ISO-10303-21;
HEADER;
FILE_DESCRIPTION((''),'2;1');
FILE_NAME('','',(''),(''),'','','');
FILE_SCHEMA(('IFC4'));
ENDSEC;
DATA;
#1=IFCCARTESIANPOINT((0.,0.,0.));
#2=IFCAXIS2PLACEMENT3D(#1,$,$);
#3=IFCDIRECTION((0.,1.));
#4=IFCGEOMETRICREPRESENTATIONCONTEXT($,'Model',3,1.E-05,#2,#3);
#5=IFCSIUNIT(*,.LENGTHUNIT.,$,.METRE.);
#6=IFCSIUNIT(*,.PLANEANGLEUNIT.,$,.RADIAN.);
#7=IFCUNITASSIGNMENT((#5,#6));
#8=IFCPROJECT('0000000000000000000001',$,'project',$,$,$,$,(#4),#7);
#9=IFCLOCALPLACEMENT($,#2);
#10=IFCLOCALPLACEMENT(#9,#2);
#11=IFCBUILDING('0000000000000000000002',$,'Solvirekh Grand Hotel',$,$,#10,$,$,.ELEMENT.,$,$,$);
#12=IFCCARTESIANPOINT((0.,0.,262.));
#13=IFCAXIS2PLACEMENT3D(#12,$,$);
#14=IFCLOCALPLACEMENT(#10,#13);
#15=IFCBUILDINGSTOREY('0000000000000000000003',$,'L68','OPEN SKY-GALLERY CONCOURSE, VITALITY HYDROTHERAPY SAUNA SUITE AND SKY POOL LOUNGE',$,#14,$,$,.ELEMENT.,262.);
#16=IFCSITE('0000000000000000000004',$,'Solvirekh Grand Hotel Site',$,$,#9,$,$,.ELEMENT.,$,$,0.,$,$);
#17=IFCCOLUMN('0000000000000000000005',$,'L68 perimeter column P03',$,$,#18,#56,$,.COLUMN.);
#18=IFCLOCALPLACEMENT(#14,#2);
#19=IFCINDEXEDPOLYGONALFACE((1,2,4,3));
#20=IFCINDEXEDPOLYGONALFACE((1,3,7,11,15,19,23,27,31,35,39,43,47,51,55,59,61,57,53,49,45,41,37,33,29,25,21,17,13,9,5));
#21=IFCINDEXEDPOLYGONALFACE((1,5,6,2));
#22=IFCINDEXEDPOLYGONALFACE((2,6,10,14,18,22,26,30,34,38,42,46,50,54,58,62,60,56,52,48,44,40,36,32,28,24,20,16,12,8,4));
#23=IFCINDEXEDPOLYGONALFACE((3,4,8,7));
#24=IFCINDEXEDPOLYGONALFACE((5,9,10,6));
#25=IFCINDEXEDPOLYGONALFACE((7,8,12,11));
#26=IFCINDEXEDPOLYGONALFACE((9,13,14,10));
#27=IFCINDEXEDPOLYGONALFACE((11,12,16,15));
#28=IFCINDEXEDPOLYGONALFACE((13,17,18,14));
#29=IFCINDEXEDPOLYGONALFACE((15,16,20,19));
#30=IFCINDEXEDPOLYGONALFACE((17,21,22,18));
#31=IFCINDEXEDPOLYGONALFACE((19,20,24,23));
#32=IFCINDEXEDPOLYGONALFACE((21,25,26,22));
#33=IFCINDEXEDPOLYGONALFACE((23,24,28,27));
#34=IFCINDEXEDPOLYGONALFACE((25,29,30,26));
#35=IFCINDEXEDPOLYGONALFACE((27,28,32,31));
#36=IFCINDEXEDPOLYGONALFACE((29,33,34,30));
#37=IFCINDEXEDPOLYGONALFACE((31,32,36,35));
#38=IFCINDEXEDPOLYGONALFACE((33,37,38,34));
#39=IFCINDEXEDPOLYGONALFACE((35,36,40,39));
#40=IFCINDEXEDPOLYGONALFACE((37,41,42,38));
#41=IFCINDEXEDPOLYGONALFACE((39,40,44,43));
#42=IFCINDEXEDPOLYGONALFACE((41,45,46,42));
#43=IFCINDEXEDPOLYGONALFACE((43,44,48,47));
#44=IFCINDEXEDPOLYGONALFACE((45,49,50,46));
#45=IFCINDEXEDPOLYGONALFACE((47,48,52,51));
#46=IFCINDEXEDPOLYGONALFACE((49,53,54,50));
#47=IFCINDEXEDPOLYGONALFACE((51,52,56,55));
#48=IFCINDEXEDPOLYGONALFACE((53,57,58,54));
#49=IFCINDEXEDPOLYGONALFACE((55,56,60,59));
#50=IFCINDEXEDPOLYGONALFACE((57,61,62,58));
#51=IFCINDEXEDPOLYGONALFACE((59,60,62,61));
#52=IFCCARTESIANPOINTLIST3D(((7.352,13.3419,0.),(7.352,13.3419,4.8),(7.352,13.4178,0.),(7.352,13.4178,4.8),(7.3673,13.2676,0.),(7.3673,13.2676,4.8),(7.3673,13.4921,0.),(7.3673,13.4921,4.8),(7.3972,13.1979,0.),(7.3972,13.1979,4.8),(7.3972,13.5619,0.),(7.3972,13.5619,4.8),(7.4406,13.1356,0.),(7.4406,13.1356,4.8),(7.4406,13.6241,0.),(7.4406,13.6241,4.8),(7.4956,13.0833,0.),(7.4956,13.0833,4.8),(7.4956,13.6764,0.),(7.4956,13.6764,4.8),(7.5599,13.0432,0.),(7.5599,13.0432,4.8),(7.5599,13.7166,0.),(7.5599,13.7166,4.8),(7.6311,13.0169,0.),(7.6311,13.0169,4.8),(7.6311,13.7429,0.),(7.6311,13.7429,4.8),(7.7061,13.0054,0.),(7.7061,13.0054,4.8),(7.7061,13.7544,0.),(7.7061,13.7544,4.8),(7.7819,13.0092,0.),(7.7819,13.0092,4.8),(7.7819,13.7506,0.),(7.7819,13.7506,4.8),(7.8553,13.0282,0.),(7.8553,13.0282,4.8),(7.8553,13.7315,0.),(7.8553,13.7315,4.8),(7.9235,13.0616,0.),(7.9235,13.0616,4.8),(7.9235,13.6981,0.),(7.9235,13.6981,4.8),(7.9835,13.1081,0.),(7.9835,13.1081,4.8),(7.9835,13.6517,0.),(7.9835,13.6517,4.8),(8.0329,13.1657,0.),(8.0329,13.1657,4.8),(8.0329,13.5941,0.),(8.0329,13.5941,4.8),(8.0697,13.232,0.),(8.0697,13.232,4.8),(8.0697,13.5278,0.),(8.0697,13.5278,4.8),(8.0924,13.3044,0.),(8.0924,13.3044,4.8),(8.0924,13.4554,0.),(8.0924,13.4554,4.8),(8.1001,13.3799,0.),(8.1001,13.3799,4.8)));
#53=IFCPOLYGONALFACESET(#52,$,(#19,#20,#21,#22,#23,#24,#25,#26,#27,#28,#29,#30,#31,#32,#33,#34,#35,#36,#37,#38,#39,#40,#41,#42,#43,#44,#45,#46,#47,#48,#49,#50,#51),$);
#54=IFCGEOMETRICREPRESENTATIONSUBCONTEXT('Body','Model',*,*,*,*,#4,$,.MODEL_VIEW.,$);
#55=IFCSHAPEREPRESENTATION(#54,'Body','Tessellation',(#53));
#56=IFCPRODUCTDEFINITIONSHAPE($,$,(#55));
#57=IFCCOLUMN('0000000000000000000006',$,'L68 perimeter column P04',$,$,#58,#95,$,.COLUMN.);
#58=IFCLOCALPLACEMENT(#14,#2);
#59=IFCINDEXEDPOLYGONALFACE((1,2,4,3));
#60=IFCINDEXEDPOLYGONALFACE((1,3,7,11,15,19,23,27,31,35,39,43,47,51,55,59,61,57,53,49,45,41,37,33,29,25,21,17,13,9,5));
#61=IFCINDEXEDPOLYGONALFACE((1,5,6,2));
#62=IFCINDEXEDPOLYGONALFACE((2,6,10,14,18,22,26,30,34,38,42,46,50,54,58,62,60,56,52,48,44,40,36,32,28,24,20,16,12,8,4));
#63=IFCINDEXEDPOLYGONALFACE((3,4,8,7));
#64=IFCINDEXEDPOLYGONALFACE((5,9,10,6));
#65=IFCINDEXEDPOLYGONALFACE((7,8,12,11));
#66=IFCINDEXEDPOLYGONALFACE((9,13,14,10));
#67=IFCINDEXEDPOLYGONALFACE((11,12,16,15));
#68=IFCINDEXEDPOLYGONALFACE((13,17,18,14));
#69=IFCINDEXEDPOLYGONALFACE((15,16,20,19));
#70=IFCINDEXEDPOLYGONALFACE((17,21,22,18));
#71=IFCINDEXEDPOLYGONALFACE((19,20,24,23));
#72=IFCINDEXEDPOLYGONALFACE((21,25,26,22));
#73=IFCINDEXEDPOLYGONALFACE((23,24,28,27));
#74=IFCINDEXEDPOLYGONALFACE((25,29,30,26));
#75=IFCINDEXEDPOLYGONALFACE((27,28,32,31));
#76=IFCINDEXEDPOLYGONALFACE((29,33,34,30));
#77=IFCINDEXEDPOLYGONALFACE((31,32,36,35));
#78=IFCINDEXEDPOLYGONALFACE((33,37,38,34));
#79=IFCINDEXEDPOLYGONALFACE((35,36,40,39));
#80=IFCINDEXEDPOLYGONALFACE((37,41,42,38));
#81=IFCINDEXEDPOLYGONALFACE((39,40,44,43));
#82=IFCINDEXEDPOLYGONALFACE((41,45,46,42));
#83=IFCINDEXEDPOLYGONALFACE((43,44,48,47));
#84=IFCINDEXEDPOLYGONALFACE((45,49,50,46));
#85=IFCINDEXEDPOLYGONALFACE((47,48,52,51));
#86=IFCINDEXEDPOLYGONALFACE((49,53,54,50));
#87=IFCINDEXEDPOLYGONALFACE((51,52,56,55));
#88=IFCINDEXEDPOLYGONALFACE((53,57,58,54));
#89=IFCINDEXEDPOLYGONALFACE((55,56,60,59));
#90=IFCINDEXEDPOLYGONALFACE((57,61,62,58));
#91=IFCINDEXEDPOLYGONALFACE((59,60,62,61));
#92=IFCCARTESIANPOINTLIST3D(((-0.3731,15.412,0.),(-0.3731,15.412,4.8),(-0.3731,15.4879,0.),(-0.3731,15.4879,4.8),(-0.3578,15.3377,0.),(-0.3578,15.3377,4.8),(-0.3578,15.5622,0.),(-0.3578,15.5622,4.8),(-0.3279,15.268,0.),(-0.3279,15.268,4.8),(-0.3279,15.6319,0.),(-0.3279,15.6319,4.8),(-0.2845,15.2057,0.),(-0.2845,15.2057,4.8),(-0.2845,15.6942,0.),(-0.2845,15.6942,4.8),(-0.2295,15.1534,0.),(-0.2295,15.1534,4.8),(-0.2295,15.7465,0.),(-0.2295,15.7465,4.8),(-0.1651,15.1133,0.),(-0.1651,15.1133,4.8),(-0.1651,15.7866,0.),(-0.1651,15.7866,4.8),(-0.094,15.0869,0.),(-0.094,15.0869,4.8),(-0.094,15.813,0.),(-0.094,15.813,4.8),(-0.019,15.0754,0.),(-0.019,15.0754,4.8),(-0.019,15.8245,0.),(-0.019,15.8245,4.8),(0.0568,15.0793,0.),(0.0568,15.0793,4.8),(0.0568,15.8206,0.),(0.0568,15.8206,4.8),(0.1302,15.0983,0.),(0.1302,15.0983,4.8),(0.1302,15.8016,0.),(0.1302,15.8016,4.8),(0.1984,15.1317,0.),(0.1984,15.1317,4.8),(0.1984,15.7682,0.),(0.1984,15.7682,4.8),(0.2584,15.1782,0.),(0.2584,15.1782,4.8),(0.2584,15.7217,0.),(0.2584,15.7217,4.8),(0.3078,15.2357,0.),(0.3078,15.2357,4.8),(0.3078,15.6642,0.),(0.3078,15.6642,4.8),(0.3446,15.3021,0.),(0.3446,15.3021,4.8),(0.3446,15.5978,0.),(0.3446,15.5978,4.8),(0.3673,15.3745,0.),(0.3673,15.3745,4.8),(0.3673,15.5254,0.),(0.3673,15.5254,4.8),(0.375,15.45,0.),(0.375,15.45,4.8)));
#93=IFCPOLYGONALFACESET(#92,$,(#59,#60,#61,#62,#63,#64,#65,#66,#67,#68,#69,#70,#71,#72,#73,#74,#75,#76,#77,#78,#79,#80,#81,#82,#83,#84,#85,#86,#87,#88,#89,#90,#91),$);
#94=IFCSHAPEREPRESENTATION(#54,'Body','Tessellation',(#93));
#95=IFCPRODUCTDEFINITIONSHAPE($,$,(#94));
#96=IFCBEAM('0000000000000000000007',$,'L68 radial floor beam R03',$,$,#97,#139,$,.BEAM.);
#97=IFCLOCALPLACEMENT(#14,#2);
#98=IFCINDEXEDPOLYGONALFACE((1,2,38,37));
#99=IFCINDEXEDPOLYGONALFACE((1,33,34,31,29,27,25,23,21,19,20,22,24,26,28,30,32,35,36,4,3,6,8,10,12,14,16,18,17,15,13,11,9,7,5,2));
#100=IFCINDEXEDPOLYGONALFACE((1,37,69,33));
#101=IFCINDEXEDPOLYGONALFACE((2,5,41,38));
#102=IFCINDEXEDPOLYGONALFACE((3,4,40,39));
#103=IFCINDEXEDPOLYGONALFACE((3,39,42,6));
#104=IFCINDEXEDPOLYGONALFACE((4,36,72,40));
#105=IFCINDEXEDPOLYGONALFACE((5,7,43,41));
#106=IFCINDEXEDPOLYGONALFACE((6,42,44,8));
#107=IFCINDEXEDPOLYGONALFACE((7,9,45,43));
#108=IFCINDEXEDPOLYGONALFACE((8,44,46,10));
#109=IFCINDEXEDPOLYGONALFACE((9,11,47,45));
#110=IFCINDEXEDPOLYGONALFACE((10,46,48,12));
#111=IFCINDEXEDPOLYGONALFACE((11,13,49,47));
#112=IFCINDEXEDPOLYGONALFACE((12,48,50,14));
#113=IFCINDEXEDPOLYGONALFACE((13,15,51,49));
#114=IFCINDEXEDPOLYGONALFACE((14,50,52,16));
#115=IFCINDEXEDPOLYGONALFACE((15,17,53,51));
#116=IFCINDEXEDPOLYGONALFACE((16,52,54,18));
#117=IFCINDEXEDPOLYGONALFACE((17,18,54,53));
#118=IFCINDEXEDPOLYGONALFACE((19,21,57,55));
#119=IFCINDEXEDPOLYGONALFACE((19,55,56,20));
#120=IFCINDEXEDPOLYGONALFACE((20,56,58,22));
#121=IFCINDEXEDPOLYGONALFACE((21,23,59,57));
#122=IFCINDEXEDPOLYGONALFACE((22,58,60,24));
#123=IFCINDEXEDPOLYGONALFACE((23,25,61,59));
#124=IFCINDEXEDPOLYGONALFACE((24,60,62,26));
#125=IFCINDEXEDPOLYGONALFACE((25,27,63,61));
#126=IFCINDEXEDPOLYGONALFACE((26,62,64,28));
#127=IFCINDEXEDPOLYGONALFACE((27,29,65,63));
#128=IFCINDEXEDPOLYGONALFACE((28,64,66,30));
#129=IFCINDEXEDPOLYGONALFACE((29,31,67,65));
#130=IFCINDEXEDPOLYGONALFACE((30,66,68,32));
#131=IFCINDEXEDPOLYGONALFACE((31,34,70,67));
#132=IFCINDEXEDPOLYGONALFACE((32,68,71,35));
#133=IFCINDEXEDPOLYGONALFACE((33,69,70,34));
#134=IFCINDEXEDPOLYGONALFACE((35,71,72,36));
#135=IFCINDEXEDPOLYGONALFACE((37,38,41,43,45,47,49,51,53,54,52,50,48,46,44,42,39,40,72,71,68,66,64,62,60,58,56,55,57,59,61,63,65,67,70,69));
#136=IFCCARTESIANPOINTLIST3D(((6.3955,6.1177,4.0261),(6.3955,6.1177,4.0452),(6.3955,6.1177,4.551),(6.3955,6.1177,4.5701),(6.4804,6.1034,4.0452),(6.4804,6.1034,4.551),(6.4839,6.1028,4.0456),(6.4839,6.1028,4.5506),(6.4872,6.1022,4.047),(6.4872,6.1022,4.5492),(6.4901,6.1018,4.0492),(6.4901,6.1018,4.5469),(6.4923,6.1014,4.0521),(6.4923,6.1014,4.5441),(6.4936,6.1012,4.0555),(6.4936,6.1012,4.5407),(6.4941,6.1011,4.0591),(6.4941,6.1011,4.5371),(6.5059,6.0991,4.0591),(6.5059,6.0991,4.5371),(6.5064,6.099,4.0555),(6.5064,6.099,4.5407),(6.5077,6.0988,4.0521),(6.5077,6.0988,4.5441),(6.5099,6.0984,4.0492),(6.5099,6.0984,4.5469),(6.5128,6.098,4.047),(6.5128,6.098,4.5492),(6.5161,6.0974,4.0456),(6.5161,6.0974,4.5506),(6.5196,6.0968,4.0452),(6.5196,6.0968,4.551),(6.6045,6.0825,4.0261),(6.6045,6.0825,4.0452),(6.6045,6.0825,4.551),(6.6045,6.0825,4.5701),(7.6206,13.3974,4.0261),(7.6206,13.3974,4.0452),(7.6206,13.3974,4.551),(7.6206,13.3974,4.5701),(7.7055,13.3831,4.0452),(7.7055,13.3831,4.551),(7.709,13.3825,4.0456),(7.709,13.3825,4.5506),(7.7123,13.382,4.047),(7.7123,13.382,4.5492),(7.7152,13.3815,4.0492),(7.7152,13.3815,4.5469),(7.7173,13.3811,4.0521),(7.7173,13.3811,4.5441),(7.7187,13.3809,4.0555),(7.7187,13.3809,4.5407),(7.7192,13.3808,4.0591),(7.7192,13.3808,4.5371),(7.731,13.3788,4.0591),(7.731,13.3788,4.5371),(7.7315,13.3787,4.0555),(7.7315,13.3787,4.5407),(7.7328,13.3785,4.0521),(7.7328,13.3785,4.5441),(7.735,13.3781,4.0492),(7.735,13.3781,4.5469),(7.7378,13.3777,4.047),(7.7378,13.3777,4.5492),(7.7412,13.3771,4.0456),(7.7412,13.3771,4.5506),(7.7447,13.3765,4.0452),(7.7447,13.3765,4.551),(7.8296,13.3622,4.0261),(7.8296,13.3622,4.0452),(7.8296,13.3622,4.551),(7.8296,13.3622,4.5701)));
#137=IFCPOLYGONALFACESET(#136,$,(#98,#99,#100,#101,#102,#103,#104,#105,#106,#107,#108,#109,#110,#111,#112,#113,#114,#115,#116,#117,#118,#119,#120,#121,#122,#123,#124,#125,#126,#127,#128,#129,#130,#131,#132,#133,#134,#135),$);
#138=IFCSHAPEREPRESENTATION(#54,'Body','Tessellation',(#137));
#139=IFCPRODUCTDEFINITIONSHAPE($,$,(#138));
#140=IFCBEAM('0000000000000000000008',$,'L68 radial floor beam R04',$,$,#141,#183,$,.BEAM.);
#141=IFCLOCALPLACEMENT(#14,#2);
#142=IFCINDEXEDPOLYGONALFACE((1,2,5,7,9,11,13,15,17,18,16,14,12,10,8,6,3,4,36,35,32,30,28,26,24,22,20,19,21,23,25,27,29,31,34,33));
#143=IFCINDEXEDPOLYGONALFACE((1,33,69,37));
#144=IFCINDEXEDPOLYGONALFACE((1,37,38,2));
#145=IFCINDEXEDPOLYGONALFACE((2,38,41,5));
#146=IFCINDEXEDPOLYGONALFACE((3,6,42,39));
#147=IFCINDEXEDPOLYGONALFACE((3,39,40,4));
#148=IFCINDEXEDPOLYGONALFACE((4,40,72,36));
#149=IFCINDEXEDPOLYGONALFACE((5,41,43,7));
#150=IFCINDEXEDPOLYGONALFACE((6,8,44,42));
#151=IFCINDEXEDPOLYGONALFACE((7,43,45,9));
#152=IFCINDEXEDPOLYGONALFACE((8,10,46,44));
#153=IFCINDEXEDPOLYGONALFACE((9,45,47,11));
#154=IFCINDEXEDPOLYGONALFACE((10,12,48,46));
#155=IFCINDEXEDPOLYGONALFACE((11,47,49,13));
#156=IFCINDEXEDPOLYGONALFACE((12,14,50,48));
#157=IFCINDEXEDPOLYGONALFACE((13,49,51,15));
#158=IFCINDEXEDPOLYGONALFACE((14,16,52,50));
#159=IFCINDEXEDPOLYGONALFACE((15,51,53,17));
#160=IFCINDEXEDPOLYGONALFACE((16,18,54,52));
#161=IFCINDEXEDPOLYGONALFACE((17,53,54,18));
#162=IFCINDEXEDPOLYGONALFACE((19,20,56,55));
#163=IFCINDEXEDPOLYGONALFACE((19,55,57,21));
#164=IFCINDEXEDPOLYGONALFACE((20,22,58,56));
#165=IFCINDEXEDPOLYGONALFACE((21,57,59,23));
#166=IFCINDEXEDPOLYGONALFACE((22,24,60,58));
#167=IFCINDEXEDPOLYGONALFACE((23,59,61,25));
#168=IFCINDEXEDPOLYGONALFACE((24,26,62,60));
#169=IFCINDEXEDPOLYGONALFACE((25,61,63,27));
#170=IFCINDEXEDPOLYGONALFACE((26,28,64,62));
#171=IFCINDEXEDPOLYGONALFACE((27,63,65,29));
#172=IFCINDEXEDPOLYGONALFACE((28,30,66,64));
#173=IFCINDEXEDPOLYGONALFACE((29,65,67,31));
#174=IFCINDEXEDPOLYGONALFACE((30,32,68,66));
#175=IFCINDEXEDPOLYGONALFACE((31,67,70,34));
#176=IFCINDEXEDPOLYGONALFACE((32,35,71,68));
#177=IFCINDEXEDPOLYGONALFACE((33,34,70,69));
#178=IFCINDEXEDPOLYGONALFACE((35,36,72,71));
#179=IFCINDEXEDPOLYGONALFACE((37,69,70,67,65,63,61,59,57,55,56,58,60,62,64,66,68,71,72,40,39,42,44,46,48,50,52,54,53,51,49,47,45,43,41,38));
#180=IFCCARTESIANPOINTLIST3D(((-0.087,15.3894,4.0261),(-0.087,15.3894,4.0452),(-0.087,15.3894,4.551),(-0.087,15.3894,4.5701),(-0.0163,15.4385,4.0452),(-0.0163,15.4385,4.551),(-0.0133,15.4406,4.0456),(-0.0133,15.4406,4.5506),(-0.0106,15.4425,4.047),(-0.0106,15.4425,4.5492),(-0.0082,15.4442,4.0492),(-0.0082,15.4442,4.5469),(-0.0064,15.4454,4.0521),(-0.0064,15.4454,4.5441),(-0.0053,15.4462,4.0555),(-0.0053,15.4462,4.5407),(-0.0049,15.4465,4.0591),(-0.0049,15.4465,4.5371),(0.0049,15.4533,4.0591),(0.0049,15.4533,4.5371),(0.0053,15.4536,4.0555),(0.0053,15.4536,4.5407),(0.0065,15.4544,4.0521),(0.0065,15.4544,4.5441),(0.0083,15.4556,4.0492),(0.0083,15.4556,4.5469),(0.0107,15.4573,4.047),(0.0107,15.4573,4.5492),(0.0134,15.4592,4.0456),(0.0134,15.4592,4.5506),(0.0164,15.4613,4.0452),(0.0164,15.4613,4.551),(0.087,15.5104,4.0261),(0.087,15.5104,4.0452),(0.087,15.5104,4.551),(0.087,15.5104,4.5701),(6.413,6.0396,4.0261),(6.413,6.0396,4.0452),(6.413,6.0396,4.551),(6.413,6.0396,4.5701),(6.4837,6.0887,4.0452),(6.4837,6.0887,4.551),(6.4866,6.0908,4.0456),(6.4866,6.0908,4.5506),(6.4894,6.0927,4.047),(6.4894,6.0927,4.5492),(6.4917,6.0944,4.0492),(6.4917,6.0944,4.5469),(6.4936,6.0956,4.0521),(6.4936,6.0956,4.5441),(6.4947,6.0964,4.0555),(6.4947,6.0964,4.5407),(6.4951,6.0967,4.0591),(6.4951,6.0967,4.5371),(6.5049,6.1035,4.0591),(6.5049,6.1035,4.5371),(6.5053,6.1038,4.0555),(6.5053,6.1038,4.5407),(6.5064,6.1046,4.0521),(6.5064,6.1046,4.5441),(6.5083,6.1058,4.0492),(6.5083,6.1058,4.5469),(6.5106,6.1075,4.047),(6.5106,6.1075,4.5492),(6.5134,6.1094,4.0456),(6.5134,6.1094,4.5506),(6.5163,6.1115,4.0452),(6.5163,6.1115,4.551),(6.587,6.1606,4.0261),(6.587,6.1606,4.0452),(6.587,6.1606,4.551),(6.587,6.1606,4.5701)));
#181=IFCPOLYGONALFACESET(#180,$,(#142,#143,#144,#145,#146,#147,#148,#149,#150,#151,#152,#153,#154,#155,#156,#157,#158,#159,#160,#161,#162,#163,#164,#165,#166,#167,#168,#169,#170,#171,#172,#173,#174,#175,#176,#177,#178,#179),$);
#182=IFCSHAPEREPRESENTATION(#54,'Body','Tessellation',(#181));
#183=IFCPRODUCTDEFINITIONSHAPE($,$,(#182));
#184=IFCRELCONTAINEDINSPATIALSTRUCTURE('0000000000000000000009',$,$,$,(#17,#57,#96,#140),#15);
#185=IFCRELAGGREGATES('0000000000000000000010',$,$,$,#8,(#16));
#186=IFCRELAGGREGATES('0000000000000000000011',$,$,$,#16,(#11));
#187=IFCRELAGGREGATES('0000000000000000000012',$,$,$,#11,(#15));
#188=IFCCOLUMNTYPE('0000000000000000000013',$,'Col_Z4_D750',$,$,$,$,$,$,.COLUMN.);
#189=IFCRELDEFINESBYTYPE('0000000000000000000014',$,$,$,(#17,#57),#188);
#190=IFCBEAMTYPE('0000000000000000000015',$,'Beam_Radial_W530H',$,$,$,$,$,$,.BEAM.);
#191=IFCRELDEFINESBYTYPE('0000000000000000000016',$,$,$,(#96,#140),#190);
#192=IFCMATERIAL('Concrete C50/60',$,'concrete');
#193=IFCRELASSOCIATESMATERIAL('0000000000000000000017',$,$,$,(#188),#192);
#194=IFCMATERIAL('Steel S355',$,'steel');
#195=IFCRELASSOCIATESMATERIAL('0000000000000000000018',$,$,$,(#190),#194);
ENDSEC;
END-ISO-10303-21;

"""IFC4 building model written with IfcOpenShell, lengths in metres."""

from ifc_helpers import new_model, si_unit, direction, frame, origin, origin_2d, place, context, subcontext, project, spatial, circle, i_section, extrude, material, material_profile, profile_set, type_object, element, save


model = new_model("IFC4")

# Units and contexts
model_context = context("Model", 3, precision=1e-05, world=origin(), true_north=direction((0.0, 1.0)))
body_context = subcontext(model_context, "Body", "Model", "MODEL_VIEW")
ifc_project = project(units=[si_unit("LENGTHUNIT", "METRE"), si_unit("PLANEANGLEUNIT", "RADIAN")], contexts=[model_context])

# Site, building, storey
site_placement = place(None, origin())
site = spatial("IfcSite", under=ifc_project, at=site_placement, Name="Solvirekh Grand Hotel Site", CompositionType="ELEMENT", RefElevation=0.0)
building_placement = place(site_placement, origin())
building = spatial("IfcBuilding", under=site, at=building_placement, Name="Solvirekh Grand Hotel", CompositionType="ELEMENT")
storey_placement = place(building_placement, frame((0.0, 0.0, 262.0)))
storey = spatial("IfcBuildingStorey", under=building, at=storey_placement, Name="L68", Description="OPEN SKY-GALLERY CONCOURSE, VITALITY HYDROTHERAPY SAUNA SUITE AND SKY POOL LOUNGE", CompositionType="ELEMENT", Elevation=262.0)

# Columns
ifc_material_1 = material(Name="Concrete C50/60", Category="concrete")
ifc_material_profile_1 = material_profile(ifc_material_1, circle(Radius=0.375, at=origin_2d()), Name="RC CIRC D750")
ifc_profile_set_1 = profile_set([ifc_material_profile_1], Name="Concrete C50/60")
column_type = type_object("IfcColumnType", Name="Col_Z4_D750", PredefinedType="COLUMN", material=ifc_profile_set_1)
for number, where, z_axis, x_axis, name in (
    (1, (7.7251, 13.3799, 0.0), (0.0, 0.0, 1.0), (1.0, 0.0, 0.0), "L68 perimeter column P03"),
    (2, (0.0, 15.45, 0.0), (0.0, 0.0, 1.0), (1.0, 0.0, 0.0), "L68 perimeter column P04"),
):
    element("IfcColumn", number, at=place(storey_placement, frame(where, z_axis=z_axis, x_axis=x_axis)), inside=storey, type_object=column_type, Name=name, PredefinedType="COLUMN", context=body_context, shape_type="SweptSolid", body=[
        extrude(circle(Radius=0.375, at=origin_2d()), origin(), (0.0, 0.0, 1.0), 4.8),
    ])

# Beams
ifc_material_2 = material(Name="Steel S355", Category="steel")
ifc_material_profile_2 = material_profile(ifc_material_2, i_section(OverallWidth=0.2119, OverallDepth=0.5439, WebThickness=0.012, FlangeThickness=0.019, FilletRadius=0.0139, at=origin_2d()), Name="W530X123")
ifc_profile_set_2 = profile_set([ifc_material_profile_2], Name="Steel S355")
beam_type_1 = type_object("IfcBeamType", Name="Beam_Radial_W530H", PredefinedType="BEAM", material=ifc_profile_set_2)
beam_1_placement = place(storey_placement, frame((6.5, 6.1001, 4.2981), z_axis=(0.165954, 0.986133, 0.0), x_axis=(-0.986133, 0.165954, 0.0)))
element("IfcBeam", 3, at=beam_1_placement, inside=storey, type_object=beam_type_1, Name="L68 radial floor beam R03", PredefinedType="BEAM", context=body_context, shape_type="SweptSolid", body=[
    extrude(i_section(OverallWidth=0.2119, OverallDepth=0.5439, WebThickness=0.012, FlangeThickness=0.019, FilletRadius=0.0139, at=origin_2d()), origin(), (0.0, 0.0, 1.0), 7.3821),
])
beam_2_placement = place(storey_placement, frame((6.5, 6.1001, 4.2981), z_axis=(-0.570813, 0.82108, 0.0), x_axis=(-0.82108, -0.570813, 0.0)))
element("IfcBeam", 4, at=beam_2_placement, inside=storey, type_object=beam_type_1, Name="L68 radial floor beam R04", PredefinedType="BEAM", context=body_context, shape_type="SweptSolid", body=[
    extrude(i_section(OverallWidth=0.2119, OverallDepth=0.5439, WebThickness=0.012, FlangeThickness=0.019, FilletRadius=0.0139, at=origin_2d()), origin(), (0.0, 0.0, 1.0), 11.3872),
])

save(model, "model.ifc")
